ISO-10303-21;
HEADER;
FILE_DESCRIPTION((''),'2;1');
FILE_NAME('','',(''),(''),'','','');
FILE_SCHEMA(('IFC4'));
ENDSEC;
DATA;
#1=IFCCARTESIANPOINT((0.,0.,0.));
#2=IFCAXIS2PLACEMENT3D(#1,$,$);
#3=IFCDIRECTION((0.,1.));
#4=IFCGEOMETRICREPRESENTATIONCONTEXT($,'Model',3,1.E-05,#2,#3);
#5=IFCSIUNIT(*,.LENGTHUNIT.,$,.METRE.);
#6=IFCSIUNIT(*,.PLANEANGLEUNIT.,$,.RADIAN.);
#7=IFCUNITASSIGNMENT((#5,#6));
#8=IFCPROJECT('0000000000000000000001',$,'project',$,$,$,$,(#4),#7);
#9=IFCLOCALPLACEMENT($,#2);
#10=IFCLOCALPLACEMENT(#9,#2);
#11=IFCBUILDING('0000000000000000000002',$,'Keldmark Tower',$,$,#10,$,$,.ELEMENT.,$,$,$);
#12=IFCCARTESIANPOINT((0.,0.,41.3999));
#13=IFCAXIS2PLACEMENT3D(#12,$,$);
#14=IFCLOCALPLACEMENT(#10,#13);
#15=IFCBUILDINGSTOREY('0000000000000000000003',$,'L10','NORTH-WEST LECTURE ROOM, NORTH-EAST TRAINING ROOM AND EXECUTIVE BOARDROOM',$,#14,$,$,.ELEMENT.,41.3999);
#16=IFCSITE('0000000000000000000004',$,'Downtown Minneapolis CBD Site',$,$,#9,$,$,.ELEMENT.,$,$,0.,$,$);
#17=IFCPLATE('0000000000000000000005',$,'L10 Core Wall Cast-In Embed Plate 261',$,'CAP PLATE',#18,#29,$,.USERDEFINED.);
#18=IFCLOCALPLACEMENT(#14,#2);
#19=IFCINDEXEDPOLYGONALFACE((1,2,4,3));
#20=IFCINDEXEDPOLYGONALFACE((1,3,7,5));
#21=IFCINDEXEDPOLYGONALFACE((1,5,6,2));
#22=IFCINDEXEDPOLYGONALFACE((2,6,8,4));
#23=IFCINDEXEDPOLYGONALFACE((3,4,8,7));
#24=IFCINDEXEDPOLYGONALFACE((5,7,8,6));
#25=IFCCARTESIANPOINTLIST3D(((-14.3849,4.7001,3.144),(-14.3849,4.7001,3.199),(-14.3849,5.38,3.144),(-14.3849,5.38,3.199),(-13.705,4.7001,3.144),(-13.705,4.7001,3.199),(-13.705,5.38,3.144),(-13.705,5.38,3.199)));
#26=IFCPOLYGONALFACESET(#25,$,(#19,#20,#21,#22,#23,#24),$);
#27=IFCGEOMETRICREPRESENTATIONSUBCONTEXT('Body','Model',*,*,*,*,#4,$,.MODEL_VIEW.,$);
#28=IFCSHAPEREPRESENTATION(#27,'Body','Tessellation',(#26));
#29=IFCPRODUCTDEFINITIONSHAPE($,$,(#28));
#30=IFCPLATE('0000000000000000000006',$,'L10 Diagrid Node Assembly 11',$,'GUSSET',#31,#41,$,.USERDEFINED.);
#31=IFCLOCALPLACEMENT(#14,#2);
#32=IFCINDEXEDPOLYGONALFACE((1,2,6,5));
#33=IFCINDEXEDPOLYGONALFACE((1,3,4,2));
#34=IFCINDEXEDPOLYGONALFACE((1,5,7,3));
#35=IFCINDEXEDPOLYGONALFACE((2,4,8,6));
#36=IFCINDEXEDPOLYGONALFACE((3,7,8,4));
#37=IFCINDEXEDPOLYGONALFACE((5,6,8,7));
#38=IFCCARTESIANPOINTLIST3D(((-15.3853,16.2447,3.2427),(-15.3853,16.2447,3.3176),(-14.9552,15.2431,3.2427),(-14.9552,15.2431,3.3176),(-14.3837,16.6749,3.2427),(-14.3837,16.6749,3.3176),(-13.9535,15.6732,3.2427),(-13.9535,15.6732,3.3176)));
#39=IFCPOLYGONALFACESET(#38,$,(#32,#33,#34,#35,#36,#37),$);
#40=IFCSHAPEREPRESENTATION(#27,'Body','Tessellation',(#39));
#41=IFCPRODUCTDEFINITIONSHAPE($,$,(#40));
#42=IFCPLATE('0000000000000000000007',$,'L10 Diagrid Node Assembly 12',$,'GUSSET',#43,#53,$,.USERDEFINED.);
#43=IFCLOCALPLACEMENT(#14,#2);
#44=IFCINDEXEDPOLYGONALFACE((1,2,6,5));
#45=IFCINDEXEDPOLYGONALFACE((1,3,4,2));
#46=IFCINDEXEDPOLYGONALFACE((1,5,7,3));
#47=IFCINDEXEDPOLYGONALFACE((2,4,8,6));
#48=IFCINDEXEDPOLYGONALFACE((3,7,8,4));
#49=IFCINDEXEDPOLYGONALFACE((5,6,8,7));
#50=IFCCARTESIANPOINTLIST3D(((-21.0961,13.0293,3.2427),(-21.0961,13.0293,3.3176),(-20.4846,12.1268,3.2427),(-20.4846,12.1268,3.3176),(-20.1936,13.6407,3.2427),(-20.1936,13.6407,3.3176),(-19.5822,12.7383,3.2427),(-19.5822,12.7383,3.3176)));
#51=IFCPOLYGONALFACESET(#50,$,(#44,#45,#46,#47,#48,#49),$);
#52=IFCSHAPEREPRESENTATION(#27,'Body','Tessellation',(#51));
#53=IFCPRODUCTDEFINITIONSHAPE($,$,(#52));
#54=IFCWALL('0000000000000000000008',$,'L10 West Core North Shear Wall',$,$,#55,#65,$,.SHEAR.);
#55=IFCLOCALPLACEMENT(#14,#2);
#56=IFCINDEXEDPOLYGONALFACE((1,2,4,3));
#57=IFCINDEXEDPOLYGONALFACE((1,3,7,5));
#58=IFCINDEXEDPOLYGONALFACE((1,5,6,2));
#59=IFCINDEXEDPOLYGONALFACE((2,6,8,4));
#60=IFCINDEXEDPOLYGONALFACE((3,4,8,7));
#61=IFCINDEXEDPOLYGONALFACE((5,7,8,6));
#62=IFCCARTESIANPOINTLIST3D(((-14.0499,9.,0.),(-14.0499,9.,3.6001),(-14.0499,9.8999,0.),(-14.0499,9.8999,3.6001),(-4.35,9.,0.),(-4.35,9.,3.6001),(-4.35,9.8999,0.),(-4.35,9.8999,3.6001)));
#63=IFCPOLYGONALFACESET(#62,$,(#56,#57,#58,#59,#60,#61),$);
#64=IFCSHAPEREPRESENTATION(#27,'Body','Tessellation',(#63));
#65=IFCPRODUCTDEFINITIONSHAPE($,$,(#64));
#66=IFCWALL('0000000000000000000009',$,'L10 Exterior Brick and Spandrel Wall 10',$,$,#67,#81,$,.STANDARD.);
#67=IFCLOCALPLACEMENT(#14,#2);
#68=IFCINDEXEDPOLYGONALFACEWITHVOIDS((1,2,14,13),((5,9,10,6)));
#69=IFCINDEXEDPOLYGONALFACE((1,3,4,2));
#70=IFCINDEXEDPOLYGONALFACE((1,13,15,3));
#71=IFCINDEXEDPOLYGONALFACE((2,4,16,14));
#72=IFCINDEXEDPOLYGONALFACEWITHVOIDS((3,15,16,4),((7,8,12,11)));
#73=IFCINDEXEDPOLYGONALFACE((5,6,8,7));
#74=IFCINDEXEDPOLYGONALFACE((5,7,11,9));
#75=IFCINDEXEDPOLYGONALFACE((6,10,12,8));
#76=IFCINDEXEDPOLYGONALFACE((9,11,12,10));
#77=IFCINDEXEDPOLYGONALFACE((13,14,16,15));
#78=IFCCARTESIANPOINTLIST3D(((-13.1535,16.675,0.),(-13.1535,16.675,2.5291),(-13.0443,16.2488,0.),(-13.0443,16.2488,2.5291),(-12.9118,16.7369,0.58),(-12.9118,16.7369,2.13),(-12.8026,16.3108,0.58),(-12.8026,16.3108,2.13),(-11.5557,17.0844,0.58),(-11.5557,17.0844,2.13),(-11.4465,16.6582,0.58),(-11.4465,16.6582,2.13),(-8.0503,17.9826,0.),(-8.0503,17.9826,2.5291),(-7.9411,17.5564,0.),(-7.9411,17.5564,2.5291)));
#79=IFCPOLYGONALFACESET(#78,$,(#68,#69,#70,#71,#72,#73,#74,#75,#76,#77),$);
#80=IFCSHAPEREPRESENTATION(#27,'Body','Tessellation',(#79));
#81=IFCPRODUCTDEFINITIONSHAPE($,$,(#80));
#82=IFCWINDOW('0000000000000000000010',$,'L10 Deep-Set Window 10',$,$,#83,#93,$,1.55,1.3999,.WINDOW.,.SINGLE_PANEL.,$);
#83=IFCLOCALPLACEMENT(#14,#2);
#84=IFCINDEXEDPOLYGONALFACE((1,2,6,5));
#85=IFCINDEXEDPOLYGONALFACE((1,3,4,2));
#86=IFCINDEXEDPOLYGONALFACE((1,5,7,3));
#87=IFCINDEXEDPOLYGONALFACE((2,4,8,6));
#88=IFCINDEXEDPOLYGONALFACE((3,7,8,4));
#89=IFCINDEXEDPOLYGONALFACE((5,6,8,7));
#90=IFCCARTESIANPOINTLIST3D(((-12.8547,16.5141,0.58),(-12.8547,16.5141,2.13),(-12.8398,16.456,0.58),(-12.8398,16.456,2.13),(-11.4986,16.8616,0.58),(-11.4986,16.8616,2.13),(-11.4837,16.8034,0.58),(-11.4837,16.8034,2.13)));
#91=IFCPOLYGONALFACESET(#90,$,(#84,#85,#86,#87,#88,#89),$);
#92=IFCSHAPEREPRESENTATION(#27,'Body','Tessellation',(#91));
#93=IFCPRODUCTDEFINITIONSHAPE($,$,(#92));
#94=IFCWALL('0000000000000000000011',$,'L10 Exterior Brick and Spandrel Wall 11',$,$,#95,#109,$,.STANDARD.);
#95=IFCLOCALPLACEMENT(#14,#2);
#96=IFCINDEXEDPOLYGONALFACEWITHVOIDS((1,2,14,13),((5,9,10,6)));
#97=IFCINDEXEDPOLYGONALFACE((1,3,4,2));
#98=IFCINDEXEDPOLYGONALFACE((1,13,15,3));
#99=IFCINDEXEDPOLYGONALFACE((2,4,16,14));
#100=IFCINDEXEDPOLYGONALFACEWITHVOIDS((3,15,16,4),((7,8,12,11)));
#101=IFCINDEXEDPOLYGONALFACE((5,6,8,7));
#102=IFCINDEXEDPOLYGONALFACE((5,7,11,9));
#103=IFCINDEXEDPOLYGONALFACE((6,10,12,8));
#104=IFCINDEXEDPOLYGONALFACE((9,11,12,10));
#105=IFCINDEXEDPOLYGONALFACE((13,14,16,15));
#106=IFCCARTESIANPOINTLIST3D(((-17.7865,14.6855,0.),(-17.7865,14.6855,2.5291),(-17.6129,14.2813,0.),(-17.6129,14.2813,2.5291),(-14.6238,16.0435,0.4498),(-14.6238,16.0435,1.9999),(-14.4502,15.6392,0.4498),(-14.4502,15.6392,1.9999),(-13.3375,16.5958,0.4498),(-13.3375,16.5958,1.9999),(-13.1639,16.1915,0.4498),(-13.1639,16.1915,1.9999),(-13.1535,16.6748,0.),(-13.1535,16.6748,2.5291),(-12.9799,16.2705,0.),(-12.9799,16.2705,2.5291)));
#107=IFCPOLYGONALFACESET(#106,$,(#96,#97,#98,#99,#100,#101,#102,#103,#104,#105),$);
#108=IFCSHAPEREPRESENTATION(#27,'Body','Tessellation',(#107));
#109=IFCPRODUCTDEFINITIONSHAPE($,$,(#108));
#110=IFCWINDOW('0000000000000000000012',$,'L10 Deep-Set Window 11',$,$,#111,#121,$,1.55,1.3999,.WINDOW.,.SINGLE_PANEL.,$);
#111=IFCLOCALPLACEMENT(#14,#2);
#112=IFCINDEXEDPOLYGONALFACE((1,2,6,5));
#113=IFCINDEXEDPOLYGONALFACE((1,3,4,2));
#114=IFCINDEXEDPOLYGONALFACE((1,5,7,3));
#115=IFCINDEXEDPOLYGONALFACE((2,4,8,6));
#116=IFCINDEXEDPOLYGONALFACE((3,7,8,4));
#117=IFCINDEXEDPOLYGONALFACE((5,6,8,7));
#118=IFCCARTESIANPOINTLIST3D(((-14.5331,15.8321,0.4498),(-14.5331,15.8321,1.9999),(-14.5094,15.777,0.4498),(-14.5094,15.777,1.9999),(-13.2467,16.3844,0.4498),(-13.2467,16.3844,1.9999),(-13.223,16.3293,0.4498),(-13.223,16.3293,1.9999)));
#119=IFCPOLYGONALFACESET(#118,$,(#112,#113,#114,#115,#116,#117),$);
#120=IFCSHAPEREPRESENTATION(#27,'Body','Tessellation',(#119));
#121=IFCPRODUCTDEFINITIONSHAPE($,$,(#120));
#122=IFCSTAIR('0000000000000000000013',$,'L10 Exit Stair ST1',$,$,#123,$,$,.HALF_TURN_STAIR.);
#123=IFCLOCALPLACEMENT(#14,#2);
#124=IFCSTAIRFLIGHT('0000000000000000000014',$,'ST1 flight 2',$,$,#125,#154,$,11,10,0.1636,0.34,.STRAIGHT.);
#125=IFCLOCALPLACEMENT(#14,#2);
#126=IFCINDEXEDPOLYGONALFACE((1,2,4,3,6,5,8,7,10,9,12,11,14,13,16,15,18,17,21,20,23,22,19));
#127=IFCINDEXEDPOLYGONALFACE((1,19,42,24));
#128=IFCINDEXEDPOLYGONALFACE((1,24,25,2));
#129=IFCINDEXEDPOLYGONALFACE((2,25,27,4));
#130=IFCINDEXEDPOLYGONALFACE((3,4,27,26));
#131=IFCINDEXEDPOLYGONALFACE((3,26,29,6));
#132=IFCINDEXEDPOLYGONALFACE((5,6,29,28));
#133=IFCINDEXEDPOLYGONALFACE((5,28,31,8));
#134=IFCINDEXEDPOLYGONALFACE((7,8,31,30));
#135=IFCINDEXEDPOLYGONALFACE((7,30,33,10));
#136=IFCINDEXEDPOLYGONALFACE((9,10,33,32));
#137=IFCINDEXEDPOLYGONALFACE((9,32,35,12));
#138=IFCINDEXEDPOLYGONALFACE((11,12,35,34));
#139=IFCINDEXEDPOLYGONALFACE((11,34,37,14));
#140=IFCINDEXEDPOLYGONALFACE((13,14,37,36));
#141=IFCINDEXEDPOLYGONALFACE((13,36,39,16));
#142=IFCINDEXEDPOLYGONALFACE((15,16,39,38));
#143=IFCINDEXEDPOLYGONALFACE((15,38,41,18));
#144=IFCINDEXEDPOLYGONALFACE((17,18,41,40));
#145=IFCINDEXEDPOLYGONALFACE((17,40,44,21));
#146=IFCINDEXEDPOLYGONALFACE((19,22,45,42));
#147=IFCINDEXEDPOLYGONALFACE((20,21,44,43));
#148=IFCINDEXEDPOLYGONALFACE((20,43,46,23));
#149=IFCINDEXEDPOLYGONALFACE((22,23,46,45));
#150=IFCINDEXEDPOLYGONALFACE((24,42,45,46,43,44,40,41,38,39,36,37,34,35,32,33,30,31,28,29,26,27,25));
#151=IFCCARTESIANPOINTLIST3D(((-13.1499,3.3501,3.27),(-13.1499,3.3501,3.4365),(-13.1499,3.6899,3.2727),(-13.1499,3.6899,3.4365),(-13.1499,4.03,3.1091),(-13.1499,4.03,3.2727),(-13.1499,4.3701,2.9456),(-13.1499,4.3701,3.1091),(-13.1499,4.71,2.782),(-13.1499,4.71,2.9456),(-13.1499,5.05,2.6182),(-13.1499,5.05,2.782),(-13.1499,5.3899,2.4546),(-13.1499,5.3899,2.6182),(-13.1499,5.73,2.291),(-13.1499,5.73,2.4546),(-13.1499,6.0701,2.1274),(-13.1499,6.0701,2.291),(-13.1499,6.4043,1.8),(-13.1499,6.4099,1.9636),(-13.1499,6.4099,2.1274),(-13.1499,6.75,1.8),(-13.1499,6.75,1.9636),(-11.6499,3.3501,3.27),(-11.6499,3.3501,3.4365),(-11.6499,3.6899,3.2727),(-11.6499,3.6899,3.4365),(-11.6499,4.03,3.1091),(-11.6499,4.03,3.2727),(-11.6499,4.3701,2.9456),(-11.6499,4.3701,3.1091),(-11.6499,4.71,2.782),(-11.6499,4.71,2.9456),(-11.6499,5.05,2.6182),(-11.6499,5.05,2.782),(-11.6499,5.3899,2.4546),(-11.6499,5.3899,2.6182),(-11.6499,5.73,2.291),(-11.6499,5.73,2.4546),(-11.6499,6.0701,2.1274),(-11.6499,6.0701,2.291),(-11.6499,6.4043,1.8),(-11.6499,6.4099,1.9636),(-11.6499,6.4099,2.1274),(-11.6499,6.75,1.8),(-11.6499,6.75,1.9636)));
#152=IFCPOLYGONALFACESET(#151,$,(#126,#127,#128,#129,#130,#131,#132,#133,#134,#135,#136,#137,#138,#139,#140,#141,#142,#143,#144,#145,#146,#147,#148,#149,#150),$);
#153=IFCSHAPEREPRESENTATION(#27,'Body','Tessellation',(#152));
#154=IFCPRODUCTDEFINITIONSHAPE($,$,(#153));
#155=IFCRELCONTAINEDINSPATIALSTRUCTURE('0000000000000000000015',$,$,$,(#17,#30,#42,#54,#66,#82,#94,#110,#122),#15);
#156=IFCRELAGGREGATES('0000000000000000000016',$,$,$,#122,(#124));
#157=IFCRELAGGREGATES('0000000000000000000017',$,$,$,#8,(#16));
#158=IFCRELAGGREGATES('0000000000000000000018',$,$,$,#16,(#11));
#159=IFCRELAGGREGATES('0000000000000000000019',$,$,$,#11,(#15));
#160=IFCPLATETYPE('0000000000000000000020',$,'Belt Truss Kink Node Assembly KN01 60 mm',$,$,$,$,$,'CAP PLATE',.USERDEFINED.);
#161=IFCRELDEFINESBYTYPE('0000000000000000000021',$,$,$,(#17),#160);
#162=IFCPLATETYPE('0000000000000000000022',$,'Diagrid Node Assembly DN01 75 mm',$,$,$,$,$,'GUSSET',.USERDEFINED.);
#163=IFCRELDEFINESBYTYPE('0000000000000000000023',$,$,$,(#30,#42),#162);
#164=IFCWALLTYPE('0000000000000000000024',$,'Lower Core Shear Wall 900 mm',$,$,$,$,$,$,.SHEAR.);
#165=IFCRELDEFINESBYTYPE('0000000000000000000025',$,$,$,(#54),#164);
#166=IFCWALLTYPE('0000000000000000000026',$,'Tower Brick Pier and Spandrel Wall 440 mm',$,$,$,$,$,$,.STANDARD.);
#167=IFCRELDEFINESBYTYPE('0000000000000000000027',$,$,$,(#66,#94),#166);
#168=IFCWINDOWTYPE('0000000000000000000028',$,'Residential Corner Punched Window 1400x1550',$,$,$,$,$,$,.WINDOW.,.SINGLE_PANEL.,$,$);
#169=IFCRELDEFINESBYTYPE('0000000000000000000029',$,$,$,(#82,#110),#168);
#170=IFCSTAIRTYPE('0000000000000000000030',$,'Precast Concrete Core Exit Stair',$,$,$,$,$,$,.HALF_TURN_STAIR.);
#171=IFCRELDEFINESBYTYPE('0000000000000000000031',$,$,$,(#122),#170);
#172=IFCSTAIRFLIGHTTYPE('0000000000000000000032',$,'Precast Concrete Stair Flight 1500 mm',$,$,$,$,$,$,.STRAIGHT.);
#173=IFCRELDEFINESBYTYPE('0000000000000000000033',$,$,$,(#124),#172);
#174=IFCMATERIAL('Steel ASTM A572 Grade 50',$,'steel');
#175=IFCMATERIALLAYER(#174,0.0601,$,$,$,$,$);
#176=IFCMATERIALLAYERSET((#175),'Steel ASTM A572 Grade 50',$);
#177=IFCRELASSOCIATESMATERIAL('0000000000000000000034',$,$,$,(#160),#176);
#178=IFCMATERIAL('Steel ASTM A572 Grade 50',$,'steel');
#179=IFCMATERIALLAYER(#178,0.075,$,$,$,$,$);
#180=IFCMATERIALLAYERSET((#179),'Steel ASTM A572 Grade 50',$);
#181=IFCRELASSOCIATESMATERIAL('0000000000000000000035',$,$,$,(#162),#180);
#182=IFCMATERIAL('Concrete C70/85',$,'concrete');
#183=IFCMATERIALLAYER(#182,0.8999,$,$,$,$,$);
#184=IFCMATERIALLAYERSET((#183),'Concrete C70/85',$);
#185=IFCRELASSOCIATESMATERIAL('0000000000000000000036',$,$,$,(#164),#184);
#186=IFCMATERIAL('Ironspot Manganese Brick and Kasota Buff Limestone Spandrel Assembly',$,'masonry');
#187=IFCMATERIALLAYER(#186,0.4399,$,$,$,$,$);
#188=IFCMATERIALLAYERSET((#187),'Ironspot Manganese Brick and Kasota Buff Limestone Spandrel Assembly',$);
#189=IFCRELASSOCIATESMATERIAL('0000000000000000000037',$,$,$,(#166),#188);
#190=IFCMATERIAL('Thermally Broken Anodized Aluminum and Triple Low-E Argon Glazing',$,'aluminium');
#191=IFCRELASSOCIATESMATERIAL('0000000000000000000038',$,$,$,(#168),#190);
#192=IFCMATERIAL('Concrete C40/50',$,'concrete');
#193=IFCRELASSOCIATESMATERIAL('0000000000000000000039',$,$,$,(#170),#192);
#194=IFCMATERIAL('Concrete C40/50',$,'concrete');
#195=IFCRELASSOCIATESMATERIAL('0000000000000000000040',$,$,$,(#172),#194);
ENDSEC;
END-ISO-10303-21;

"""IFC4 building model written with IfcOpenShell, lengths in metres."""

from ifc_helpers import new_model, si_unit, direction, frame, frame_2d, origin, origin_2d, place, context, subcontext, project, spatial, polyline, rectangle, outline, extrude, material, layer, layer_set, type_object, element, fill, aggregate, save


model = new_model("IFC4")

# Units and contexts
model_context = context("Model", 3, precision=1e-05, world=origin(), true_north=direction((0.0, 1.0)))
body_context = subcontext(model_context, "Body", "Model", "MODEL_VIEW")
ifc_project = project(units=[si_unit("LENGTHUNIT", "METRE"), si_unit("PLANEANGLEUNIT", "RADIAN")], contexts=[model_context])

# Site, building, storey
site_placement = place(None, origin())
site = spatial("IfcSite", under=ifc_project, at=site_placement, Name="Downtown Minneapolis CBD Site", CompositionType="ELEMENT", RefElevation=0.0)
building_placement = place(site_placement, origin())
building = spatial("IfcBuilding", under=site, at=building_placement, Name="Keldmark Tower", CompositionType="ELEMENT")
storey_placement = place(building_placement, frame((0.0, 0.0, 41.3999)))
storey = spatial("IfcBuildingStorey", under=building, at=storey_placement, Name="L10", Description="NORTH-WEST LECTURE ROOM, NORTH-EAST TRAINING ROOM AND EXECUTIVE BOARDROOM", CompositionType="ELEMENT", Elevation=41.3999)

# Plates
ifc_material_1 = material(Name="Steel ASTM A572 Grade 50", Category="steel")
ifc_layer_1 = layer(ifc_material_1, 0.0601)
ifc_layer_set_1 = layer_set([ifc_layer_1], Name="Steel ASTM A572 Grade 50")
plate_type_1 = type_object("IfcPlateType", Name="Belt Truss Kink Node Assembly KN01 60 mm", ElementType="CAP PLATE", PredefinedType="USERDEFINED", material=ifc_layer_set_1)
for number, where, z_axis, x_axis, name in (
    (1, (-14.0449, 5.04, 3.144), (0.0, 0.0, 1.0), (1.0, 0.0, 0.0), "L10 Core Wall Cast-In Embed Plate 261"),
):
    element("IfcPlate", number, at=place(storey_placement, frame(where, z_axis=z_axis, x_axis=x_axis)), inside=storey, type_object=plate_type_1, Name=name, ObjectType="CAP PLATE", PredefinedType="USERDEFINED", context=body_context, shape_type="SweptSolid", body=[
        extrude(rectangle(XDim=0.6799, YDim=0.6799, at=origin_2d()), origin(), (0.0, 0.0, 1.0), 0.0549),
    ])
ifc_material_2 = material(Name="Steel ASTM A572 Grade 50", Category="steel")
ifc_layer_2 = layer(ifc_material_2, 0.075)
ifc_layer_set_2 = layer_set([ifc_layer_2], Name="Steel ASTM A572 Grade 50")
plate_type_2 = type_object("IfcPlateType", Name="Diagrid Node Assembly DN01 75 mm", ElementType="GUSSET", PredefinedType="USERDEFINED", material=ifc_layer_set_2)
for number, where, z_axis, x_axis, name in (
    (2, (-14.6694, 15.959, 3.2427), (0.0, 0.0, 1.0), (-0.91886, -0.394583, 0.0), "L10 Diagrid Node Assembly 11"),
    (3, (-20.3391, 12.8838, 3.2427), (0.0, 0.0, 1.0), (-0.827865, -0.560928, 0.0), "L10 Diagrid Node Assembly 12"),
):
    element("IfcPlate", number, at=place(storey_placement, frame(where, z_axis=z_axis, x_axis=x_axis)), inside=storey, type_object=plate_type_2, Name=name, ObjectType="GUSSET", PredefinedType="USERDEFINED", context=body_context, shape_type="SweptSolid", body=[
        extrude(rectangle(XDim=1.0901, YDim=1.0901, at=origin_2d()), origin(), (0.0, 0.0, 1.0), 0.075),
    ])

# Wall
ifc_material_3 = material(Name="Concrete C70/85", Category="concrete")
ifc_layer_3 = layer(ifc_material_3, 0.8999)
ifc_layer_set_3 = layer_set([ifc_layer_3], Name="Concrete C70/85")
wall_type_1 = type_object("IfcWallType", Name="Lower Core Shear Wall 900 mm", PredefinedType="SHEAR", material=ifc_layer_set_3)
wall_1_placement = place(storey_placement, frame((-14.05, 9.45, 0.0), z_axis=(0.0, 0.0, 1.0), x_axis=(1.0, 0.0, 0.0)))
element("IfcWall", 4, at=wall_1_placement, inside=storey, type_object=wall_type_1, Name="L10 West Core North Shear Wall", PredefinedType="SHEAR", context=body_context, shape_type="SweptSolid", body=[
    extrude(rectangle(XDim=9.7, YDim=0.8999, at=frame_2d((4.8501, 0.0))), origin(), (0.0, 0.0, 1.0), 3.6001),
])

# Walls, openings, windows
ifc_material_4 = material(Name="Ironspot Manganese Brick and Kasota Buff Limestone Spandrel Assembly", Category="masonry")
ifc_layer_4 = layer(ifc_material_4, 0.4399)
ifc_layer_set_4 = layer_set([ifc_layer_4], Name="Ironspot Manganese Brick and Kasota Buff Limestone Spandrel Assembly")
wall_type_2 = type_object("IfcWallType", Name="Tower Brick Pier and Spandrel Wall 440 mm", PredefinedType="STANDARD", material=ifc_layer_set_4)
wall_2_placement = place(storey_placement, frame((-13.0989, 16.4619, 0.0), z_axis=(0.0, 0.0, 1.0), x_axis=(0.968706, 0.248213, 0.0)))
wall_2 = element("IfcWall", 5, at=wall_2_placement, inside=storey, type_object=wall_type_2, Name="L10 Exterior Brick and Spandrel Wall 10", PredefinedType="STANDARD", context=body_context, shape_type="SweptSolid", body=[
    extrude(rectangle(XDim=5.2681, YDim=0.4399, at=frame_2d((2.634, 0.0))), origin(), (0.0, 0.0, 1.0), 2.5291),
])
opening_1_placement = place(wall_2_placement, frame((0.2495, 0.0, 0.5801)))
opening_1 = element("IfcOpeningElement", 6, at=opening_1_placement, cuts=wall_2, PredefinedType="OPENING", context=body_context, shape_type="SweptSolid", body=[
    extrude(rectangle(XDim=1.3999, YDim=1.55, at=frame_2d((0.7, 0.7749))), frame((0.0, 0.23, 0.0), z_axis=(0.0, -1.0, 0.0), x_axis=(1.0, 0.0, 0.0)), (0.0, 0.0, 1.0), 0.46),
])
ifc_material_5 = material(Name="Thermally Broken Anodized Aluminum and Triple Low-E Argon Glazing", Category="aluminium")
window_type = type_object("IfcWindowType", Name="Residential Corner Punched Window 1400x1550", PartitioningType="SINGLE_PANEL", PredefinedType="WINDOW", material=ifc_material_5)
window_1_placement = place(opening_1_placement, origin())
window_1 = element("IfcWindow", 7, at=window_1_placement, inside=storey, type_object=window_type, Name="L10 Deep-Set Window 10", OverallHeight=1.55, OverallWidth=1.3999, PartitioningType="SINGLE_PANEL", PredefinedType="WINDOW", context=body_context, shape_type="SweptSolid", body=[
    extrude(rectangle(XDim=1.3999, YDim=1.55, at=frame_2d((0.7, 0.7749))), frame((0.0, -0.01, 0.0), z_axis=(0.0, -1.0, 0.0), x_axis=(1.0, 0.0, 0.0)), (0.0, 0.0, 1.0), 0.0601),
])
fill(opening_1, window_1)
wall_3_placement = place(storey_placement, frame((-17.6997, 14.4834, 0.0), z_axis=(0.0, 0.0, 1.0), x_axis=(0.918882, 0.394533, 0.0)))
wall_3 = element("IfcWall", 8, at=wall_3_placement, inside=storey, type_object=wall_type_2, Name="L10 Exterior Brick and Spandrel Wall 11", PredefinedType="STANDARD", context=body_context, shape_type="SweptSolid", body=[
    extrude(rectangle(XDim=5.042, YDim=0.4399, at=frame_2d((2.521, 0.0))), origin(), (0.0, 0.0, 1.0), 2.5291),
])
opening_2_placement = place(wall_3_placement, frame((3.4419, 0.0, 0.45)))
opening_2 = element("IfcOpeningElement", 9, at=opening_2_placement, cuts=wall_3, PredefinedType="OPENING", context=body_context, shape_type="SweptSolid", body=[
    extrude(rectangle(XDim=1.3999, YDim=1.55, at=frame_2d((0.7, 0.7749))), frame((0.0, 0.23, 0.0), z_axis=(0.0, -1.0, 0.0), x_axis=(1.0, 0.0, 0.0)), (0.0, 0.0, 1.0), 0.46),
])
window_2_placement = place(opening_2_placement, origin())
window_2 = element("IfcWindow", 10, at=window_2_placement, inside=storey, type_object=window_type, Name="L10 Deep-Set Window 11", OverallHeight=1.55, OverallWidth=1.3999, PartitioningType="SINGLE_PANEL", PredefinedType="WINDOW", context=body_context, shape_type="SweptSolid", body=[
    extrude(rectangle(XDim=1.3999, YDim=1.55, at=frame_2d((0.7, 0.7749))), frame((0.0, -0.01, 0.0), z_axis=(0.0, -1.0, 0.0), x_axis=(1.0, 0.0, 0.0)), (0.0, 0.0, 1.0), 0.0601),
])
fill(opening_2, window_2)

# Stair, stair flight
ifc_material_6 = material(Name="Concrete C40/50", Category="concrete")
stair_type = type_object("IfcStairType", Name="Precast Concrete Core Exit Stair", PredefinedType="HALF_TURN_STAIR", material=ifc_material_6)
stair_placement = place(storey_placement, origin())
stair = element("IfcStair", 11, at=stair_placement, inside=storey, type_object=stair_type, Name="L10 Exit Stair ST1", PredefinedType="HALF_TURN_STAIR")
ifc_material_7 = material(Name="Concrete C40/50", Category="concrete")
stair_flight_type = type_object("IfcStairFlightType", Name="Precast Concrete Stair Flight 1500 mm", PredefinedType="STRAIGHT", material=ifc_material_7)
stair_flight_placement = place(storey_placement, frame((-12.3999, 6.75, 1.8), z_axis=(0.0, 0.0, 1.0), x_axis=(0.0, -1.0, 0.0)))
stair_flight = element("IfcStairFlight", 12, at=stair_flight_placement, type_object=stair_flight_type, Name="ST1 flight 2", NumberOfRisers=11, NumberOfTreads=10, PredefinedType="STRAIGHT", RiserHeight=0.1636, TreadLength=0.34, context=body_context, shape_type="SweptSolid", body=[
    extrude(outline(polyline([(0.0, 0.0), (0.0, 0.1636), (0.3401, 0.1636), (0.3401, 0.3274), (0.6799, 0.3274), (0.6799, 0.491), (1.02, 0.491), (1.02, 0.6545), (1.3601, 0.6545), (1.3601, 0.8181), (1.7, 0.8181), (1.7, 0.9819), (2.04, 0.9819), (2.04, 1.1455), (2.3799, 1.1455), (2.3799, 1.3091), (2.72, 1.3091), (2.72, 1.4727), (3.0601, 1.4727), (3.0601, 1.6365), (3.3999, 1.6365), (3.3999, 1.8), (3.3999, 1.47), (0.3457, 0.0), (0.0, 0.0)])), frame((0.0, 0.75, 0.0), z_axis=(0.0, -1.0, 0.0), x_axis=(1.0, 0.0, 0.0)), (0.0, 0.0, 1.0), 1.5),
])
aggregate(stair, [stair_flight])

save(model, "model.ifc")
